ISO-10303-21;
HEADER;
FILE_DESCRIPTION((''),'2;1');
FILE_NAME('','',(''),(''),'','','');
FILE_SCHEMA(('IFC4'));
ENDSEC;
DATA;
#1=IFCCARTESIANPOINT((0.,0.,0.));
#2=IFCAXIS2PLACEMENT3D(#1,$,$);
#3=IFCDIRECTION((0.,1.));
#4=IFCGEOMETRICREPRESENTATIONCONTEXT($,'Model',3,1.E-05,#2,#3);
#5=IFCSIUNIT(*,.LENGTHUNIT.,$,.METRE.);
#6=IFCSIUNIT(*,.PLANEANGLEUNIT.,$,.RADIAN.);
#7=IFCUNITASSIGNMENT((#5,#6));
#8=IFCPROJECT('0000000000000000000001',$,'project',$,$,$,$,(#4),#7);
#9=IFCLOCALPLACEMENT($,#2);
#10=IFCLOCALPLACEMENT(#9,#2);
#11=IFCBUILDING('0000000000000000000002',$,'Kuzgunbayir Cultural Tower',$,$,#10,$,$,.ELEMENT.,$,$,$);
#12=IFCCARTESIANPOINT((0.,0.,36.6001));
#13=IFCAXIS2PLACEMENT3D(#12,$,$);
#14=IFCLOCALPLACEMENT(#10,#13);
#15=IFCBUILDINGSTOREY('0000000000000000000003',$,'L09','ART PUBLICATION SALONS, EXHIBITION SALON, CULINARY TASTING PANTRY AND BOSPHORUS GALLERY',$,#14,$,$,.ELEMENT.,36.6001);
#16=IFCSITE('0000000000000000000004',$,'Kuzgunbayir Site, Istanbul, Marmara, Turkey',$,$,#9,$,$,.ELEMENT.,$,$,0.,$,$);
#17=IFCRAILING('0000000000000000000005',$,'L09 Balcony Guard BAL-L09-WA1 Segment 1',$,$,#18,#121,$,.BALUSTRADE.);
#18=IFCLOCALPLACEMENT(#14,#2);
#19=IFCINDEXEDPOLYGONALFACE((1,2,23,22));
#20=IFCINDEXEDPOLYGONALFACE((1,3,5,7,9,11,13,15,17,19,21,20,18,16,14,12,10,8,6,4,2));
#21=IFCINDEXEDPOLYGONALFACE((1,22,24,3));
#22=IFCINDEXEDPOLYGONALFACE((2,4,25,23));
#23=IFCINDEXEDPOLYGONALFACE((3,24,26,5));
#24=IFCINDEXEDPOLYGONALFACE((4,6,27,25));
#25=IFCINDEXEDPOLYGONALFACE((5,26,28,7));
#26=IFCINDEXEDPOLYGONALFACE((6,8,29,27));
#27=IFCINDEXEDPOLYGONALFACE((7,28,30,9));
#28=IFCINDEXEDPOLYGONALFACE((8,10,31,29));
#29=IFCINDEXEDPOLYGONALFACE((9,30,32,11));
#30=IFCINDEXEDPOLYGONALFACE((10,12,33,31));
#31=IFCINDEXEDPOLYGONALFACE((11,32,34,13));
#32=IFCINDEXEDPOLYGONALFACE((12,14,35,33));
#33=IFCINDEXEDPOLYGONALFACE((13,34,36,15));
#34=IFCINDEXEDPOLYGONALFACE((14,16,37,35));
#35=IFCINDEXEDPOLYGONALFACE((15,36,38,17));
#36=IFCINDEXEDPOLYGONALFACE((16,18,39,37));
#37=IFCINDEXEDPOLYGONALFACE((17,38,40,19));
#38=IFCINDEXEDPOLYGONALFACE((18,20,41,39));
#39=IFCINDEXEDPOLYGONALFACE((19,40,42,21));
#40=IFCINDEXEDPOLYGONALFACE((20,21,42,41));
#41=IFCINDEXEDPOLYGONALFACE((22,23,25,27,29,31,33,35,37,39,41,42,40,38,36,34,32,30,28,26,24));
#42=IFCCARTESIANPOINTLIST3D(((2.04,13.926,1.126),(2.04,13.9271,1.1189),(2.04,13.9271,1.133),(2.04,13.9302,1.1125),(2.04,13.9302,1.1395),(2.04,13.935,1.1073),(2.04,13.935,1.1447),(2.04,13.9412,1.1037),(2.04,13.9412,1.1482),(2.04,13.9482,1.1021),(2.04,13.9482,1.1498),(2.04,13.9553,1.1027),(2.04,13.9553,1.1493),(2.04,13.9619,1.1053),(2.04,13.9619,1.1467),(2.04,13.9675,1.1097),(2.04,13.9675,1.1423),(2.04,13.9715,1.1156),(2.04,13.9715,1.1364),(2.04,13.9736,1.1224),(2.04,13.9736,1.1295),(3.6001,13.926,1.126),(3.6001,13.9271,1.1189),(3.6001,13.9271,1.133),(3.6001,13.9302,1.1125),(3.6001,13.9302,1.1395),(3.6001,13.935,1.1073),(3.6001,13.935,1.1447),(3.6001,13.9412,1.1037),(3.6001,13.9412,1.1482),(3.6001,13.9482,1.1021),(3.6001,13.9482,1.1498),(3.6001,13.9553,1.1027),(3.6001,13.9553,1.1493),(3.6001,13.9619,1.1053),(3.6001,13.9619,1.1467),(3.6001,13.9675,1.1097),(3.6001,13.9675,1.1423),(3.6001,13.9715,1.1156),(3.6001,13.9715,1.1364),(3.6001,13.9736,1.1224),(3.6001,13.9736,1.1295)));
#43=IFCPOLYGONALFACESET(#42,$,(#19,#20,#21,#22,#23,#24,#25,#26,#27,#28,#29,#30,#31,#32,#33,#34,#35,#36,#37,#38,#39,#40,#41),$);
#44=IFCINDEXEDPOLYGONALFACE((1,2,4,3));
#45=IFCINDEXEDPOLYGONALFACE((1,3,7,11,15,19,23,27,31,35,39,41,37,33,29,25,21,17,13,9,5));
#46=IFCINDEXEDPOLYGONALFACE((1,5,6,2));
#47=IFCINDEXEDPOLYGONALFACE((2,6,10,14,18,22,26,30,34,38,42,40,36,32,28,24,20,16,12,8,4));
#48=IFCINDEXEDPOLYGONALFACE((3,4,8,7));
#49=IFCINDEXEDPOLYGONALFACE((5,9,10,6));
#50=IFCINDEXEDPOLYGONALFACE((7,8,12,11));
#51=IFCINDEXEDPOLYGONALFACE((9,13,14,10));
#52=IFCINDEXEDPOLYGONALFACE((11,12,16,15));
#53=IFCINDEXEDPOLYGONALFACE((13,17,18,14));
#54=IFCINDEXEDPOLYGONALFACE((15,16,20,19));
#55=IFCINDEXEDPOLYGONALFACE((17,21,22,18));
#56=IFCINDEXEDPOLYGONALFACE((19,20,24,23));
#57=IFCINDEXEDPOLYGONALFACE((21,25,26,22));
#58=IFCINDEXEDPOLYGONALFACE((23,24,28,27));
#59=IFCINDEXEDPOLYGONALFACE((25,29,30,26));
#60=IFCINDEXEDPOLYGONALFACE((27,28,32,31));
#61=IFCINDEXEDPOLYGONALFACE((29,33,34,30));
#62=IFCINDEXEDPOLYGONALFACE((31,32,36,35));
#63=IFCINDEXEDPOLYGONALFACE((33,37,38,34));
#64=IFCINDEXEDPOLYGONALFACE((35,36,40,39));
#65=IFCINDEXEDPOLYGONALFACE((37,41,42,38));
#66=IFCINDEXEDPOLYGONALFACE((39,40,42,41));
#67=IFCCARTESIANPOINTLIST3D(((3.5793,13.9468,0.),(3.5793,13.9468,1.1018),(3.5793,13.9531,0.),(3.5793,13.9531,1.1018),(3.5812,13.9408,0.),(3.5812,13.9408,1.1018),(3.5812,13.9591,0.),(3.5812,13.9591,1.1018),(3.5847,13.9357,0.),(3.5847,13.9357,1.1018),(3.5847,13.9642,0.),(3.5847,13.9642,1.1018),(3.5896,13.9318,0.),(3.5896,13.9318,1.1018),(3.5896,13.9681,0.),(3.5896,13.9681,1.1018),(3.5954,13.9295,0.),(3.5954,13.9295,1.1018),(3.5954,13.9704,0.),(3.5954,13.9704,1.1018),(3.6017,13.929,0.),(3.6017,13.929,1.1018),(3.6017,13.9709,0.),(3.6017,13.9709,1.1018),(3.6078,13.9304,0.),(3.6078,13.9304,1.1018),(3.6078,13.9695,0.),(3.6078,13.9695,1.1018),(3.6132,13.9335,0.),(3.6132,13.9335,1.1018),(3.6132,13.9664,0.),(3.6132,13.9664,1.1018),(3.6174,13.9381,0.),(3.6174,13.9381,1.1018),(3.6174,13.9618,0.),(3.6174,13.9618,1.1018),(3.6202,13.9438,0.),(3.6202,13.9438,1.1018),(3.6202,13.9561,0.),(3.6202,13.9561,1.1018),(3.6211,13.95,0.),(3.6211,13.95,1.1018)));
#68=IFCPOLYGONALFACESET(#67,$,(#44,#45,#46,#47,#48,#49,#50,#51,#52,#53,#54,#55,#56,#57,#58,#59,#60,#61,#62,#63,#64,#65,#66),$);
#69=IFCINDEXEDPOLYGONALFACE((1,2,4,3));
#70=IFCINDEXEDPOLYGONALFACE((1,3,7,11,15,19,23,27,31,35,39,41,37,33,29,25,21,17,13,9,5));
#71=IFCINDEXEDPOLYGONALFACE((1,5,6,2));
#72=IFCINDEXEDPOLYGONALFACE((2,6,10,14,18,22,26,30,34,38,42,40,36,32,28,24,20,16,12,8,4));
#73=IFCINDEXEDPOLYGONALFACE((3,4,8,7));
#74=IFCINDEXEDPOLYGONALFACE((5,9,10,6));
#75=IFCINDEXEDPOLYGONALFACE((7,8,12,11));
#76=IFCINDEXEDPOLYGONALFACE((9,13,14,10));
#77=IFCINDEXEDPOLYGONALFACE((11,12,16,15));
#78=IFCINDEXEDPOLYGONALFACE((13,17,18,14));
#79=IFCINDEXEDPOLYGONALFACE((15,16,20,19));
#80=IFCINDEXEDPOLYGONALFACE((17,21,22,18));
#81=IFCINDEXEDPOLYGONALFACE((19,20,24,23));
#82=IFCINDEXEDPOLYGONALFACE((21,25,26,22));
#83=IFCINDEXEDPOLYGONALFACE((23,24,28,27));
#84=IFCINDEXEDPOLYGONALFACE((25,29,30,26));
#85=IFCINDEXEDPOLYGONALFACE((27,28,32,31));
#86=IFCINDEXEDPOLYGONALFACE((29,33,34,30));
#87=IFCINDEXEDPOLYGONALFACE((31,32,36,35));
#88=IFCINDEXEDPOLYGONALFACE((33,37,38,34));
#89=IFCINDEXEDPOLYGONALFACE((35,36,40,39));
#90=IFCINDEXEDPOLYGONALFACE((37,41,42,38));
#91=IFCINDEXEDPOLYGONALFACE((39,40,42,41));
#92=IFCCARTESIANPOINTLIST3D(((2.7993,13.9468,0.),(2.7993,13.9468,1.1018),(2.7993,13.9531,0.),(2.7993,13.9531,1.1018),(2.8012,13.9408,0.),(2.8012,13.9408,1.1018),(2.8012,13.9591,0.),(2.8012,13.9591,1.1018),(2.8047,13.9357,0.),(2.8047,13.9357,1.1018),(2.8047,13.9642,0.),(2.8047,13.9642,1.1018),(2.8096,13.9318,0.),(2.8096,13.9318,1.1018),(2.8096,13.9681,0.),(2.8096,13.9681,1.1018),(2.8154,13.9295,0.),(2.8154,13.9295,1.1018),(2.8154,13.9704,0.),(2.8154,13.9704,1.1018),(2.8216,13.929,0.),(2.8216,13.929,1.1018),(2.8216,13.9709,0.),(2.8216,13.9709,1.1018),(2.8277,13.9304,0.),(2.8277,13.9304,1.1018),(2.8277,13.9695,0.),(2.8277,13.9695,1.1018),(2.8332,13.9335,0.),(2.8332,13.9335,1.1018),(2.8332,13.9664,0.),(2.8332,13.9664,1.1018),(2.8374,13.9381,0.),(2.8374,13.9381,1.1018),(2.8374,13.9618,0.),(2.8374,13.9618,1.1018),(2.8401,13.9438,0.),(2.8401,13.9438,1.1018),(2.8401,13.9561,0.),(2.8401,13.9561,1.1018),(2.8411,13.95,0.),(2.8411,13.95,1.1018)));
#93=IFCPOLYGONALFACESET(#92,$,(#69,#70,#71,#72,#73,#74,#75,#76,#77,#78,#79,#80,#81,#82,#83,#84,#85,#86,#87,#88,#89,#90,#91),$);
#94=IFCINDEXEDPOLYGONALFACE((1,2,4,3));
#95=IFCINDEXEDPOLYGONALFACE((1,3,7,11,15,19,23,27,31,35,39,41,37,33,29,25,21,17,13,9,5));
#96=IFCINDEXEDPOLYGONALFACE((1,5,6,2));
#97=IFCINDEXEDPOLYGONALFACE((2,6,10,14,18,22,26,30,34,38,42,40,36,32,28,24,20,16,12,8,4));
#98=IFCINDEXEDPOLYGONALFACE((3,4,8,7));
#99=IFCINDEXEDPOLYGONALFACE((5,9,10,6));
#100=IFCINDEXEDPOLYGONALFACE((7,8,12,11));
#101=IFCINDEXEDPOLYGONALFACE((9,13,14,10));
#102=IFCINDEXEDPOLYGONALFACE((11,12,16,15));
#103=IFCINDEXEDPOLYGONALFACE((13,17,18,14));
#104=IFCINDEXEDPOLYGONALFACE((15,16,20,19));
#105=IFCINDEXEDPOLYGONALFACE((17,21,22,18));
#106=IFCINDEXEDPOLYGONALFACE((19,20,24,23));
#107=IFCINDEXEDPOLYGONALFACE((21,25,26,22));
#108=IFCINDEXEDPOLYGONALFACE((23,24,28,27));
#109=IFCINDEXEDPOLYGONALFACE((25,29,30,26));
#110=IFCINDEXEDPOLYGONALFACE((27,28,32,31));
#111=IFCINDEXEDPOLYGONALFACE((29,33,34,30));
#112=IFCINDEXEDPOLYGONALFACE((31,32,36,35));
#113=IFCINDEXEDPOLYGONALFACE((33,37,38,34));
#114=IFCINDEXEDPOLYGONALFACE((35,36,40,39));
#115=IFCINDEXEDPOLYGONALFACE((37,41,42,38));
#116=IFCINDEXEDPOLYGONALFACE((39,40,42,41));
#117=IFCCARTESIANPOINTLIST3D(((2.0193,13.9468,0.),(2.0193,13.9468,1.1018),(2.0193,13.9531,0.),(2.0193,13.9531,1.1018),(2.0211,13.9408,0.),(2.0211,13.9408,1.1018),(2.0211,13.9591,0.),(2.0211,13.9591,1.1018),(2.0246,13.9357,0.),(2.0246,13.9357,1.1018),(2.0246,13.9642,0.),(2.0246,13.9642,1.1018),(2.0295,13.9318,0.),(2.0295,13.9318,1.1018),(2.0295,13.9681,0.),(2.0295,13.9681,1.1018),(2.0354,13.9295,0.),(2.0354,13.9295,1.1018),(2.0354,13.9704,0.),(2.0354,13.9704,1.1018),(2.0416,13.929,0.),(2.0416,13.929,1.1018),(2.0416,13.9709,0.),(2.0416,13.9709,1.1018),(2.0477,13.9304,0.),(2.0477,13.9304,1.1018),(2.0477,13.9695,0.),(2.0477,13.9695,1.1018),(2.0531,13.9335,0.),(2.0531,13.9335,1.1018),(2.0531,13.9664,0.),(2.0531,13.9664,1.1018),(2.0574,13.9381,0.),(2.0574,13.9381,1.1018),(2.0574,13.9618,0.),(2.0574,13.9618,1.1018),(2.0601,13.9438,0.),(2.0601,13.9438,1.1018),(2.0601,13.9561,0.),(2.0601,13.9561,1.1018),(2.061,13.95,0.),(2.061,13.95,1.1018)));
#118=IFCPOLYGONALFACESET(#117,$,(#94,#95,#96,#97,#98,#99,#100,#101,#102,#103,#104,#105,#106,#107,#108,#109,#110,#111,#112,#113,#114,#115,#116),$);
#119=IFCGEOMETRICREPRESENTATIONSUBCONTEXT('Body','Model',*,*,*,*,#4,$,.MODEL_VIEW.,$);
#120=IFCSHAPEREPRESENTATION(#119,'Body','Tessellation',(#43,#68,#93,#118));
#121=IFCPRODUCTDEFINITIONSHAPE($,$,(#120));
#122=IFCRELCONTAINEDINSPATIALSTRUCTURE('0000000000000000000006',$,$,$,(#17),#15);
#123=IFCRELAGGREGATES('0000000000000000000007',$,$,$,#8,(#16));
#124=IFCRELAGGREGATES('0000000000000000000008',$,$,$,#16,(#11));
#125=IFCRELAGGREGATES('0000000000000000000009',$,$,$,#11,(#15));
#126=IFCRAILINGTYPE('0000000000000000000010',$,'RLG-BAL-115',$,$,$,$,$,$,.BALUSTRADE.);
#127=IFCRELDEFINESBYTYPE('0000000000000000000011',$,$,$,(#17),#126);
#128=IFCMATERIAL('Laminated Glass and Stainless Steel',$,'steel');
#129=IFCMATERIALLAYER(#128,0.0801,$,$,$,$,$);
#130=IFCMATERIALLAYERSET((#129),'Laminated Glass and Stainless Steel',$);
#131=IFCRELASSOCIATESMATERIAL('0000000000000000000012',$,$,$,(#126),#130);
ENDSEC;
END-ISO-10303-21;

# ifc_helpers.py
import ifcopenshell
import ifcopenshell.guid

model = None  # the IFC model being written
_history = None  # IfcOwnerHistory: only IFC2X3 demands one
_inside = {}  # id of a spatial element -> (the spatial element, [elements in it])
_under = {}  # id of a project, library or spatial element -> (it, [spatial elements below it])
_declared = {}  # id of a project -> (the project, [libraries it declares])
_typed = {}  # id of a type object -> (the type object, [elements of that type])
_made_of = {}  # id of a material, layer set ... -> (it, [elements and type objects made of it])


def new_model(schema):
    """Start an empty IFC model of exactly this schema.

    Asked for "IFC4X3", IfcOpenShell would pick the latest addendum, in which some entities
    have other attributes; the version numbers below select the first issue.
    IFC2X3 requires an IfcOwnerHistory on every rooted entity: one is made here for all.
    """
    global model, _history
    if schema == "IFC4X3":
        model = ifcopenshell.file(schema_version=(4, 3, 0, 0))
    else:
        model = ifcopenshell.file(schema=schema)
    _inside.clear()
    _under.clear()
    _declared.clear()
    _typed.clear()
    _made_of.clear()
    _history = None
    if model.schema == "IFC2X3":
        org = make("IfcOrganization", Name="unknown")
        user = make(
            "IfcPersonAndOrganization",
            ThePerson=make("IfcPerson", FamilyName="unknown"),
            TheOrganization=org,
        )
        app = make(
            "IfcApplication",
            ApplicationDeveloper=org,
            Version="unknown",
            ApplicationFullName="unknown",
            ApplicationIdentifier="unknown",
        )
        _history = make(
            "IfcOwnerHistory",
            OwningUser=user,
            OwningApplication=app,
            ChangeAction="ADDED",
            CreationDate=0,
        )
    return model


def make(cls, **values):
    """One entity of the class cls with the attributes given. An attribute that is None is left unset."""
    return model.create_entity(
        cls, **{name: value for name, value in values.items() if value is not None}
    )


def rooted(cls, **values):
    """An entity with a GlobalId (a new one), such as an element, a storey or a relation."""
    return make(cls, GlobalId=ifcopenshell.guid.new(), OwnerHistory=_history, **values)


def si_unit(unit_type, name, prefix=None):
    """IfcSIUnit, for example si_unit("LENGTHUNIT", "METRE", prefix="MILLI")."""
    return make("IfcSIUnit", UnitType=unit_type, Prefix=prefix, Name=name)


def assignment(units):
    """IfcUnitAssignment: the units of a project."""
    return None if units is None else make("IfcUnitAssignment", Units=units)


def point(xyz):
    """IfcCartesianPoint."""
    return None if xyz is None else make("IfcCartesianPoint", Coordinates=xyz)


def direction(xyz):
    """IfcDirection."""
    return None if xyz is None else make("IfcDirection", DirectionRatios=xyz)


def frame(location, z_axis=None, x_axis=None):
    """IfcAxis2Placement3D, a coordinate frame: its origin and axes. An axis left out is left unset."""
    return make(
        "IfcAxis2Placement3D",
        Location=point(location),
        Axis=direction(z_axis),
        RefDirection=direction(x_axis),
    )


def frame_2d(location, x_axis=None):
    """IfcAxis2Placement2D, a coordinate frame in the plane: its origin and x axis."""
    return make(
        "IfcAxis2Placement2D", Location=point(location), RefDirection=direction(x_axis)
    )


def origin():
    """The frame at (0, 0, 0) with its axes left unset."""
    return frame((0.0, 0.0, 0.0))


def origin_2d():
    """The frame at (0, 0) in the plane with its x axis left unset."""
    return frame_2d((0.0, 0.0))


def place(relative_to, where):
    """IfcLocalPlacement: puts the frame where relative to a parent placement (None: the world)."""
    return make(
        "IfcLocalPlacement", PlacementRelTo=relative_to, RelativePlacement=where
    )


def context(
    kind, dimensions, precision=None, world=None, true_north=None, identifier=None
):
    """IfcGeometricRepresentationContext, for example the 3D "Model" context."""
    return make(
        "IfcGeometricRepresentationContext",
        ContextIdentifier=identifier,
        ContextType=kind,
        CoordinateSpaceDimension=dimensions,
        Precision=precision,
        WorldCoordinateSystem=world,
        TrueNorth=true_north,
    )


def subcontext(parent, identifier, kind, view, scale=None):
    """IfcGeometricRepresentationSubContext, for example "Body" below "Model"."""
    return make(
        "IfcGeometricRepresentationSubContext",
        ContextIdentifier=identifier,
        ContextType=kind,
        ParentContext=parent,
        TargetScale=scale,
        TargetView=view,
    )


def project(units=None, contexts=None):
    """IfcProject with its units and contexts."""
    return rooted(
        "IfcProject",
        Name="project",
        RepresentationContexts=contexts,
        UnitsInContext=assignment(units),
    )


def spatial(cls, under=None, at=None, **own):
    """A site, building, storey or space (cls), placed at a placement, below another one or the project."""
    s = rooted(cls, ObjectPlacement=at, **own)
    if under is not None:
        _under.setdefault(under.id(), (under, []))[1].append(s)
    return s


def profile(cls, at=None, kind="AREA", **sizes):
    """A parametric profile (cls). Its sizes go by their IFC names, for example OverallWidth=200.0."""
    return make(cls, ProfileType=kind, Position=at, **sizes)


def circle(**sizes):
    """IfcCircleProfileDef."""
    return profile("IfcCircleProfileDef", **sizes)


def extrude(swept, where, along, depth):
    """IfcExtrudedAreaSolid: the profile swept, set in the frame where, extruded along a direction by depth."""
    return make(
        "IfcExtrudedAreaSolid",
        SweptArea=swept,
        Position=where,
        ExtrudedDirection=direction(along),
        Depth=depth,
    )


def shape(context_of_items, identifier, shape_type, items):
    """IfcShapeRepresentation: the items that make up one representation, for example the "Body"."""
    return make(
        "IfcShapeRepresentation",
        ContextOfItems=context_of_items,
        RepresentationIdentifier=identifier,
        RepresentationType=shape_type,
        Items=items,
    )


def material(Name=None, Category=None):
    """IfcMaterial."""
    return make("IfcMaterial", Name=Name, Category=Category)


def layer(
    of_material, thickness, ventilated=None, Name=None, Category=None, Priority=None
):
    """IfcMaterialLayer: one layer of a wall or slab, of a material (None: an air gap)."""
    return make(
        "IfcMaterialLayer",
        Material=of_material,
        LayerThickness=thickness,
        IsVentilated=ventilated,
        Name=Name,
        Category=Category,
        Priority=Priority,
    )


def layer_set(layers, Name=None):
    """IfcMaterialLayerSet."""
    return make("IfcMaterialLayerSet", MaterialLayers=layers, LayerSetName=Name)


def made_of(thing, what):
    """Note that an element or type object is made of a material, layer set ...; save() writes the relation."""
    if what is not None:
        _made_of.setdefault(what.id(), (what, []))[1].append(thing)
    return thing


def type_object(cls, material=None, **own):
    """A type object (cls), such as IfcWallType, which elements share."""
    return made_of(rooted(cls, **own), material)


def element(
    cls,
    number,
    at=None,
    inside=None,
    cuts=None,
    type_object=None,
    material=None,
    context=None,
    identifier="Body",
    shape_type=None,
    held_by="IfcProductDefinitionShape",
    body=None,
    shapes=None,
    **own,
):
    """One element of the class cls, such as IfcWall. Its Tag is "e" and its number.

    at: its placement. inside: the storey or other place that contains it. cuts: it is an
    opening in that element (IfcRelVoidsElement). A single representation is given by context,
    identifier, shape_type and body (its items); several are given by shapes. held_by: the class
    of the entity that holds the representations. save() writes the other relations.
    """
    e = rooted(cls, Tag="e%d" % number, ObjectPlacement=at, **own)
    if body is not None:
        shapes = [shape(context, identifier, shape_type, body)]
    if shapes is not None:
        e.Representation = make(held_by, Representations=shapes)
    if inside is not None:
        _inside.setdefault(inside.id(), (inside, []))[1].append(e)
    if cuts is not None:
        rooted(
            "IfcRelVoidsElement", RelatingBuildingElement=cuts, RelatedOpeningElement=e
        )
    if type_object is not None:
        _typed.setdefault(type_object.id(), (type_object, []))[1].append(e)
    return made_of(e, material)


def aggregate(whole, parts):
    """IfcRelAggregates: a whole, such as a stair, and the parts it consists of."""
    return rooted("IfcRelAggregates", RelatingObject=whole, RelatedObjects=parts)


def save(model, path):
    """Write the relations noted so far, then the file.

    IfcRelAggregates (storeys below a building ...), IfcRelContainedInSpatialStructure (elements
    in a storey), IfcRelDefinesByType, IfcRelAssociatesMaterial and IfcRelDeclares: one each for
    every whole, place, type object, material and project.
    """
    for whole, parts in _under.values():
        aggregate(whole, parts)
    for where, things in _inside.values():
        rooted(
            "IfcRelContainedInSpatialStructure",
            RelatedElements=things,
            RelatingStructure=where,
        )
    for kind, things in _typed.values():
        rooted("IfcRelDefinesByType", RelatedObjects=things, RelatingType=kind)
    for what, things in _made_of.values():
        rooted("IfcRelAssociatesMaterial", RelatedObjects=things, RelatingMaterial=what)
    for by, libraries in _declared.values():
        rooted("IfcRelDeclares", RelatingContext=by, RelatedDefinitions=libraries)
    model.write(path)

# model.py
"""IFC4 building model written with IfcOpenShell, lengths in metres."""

from ifc_helpers import new_model, si_unit, direction, frame, origin, origin_2d, place, context, subcontext, project, spatial, circle, extrude, material, layer, layer_set, type_object, element, save


model = new_model("IFC4")

# Units and contexts
model_context = context("Model", 3, precision=1e-05, world=origin(), true_north=direction((0.0, 1.0)))
body_context = subcontext(model_context, "Body", "Model", "MODEL_VIEW")
ifc_project = project(units=[si_unit("LENGTHUNIT", "METRE"), si_unit("PLANEANGLEUNIT", "RADIAN")], contexts=[model_context])

# Site, building, storey
site_placement = place(None, origin())
site = spatial("IfcSite", under=ifc_project, at=site_placement, Name="Kuzgunbayir Site, Istanbul, Marmara, Turkey", CompositionType="ELEMENT", RefElevation=0.0)
building_placement = place(site_placement, origin())
building = spatial("IfcBuilding", under=site, at=building_placement, Name="Kuzgunbayir Cultural Tower", CompositionType="ELEMENT")
storey_placement = place(building_placement, frame((0.0, 0.0, 36.6001)))
storey = spatial("IfcBuildingStorey", under=building, at=storey_placement, Name="L09", Description="ART PUBLICATION SALONS, EXHIBITION SALON, CULINARY TASTING PANTRY AND BOSPHORUS GALLERY", CompositionType="ELEMENT", Elevation=36.6001)

# Railing
ifc_material_1 = material(Name="Laminated Glass and Stainless Steel", Category="steel")
ifc_layer_1 = layer(ifc_material_1, 0.0801)
ifc_layer_set_1 = layer_set([ifc_layer_1], Name="Laminated Glass and Stainless Steel")
railing_type = type_object("IfcRailingType", Name="RLG-BAL-115", PredefinedType="BALUSTRADE", material=ifc_layer_set_1)
railing_1_placement = place(storey_placement, frame((3.6001, 13.95, 0.0)))
element("IfcRailing", 1, at=railing_1_placement, inside=storey, type_object=railing_type, Name="L09 Balcony Guard BAL-L09-WA1 Segment 1", PredefinedType="BALUSTRADE", context=body_context, shape_type="SweptSolid", body=[
    extrude(circle(Radius=0.0239, at=origin_2d()), frame((0.0, 0.0, 1.126), z_axis=(-1.0, 0.0, 0.0), x_axis=(0.0, -1.0, 0.0)), (0.0, 0.0, 1.0), 1.5601),
    extrude(circle(Radius=0.021, at=origin_2d()), origin(), (0.0, 0.0, 1.0), 1.1018),
    extrude(circle(Radius=0.021, at=origin_2d()), frame((-0.78, 0.0, 0.0)), (0.0, 0.0, 1.0), 1.1018),
    extrude(circle(Radius=0.021, at=origin_2d()), frame((-1.5601, 0.0, 0.0)), (0.0, 0.0, 1.0), 1.1018),
])

save(model, "model.ifc")
